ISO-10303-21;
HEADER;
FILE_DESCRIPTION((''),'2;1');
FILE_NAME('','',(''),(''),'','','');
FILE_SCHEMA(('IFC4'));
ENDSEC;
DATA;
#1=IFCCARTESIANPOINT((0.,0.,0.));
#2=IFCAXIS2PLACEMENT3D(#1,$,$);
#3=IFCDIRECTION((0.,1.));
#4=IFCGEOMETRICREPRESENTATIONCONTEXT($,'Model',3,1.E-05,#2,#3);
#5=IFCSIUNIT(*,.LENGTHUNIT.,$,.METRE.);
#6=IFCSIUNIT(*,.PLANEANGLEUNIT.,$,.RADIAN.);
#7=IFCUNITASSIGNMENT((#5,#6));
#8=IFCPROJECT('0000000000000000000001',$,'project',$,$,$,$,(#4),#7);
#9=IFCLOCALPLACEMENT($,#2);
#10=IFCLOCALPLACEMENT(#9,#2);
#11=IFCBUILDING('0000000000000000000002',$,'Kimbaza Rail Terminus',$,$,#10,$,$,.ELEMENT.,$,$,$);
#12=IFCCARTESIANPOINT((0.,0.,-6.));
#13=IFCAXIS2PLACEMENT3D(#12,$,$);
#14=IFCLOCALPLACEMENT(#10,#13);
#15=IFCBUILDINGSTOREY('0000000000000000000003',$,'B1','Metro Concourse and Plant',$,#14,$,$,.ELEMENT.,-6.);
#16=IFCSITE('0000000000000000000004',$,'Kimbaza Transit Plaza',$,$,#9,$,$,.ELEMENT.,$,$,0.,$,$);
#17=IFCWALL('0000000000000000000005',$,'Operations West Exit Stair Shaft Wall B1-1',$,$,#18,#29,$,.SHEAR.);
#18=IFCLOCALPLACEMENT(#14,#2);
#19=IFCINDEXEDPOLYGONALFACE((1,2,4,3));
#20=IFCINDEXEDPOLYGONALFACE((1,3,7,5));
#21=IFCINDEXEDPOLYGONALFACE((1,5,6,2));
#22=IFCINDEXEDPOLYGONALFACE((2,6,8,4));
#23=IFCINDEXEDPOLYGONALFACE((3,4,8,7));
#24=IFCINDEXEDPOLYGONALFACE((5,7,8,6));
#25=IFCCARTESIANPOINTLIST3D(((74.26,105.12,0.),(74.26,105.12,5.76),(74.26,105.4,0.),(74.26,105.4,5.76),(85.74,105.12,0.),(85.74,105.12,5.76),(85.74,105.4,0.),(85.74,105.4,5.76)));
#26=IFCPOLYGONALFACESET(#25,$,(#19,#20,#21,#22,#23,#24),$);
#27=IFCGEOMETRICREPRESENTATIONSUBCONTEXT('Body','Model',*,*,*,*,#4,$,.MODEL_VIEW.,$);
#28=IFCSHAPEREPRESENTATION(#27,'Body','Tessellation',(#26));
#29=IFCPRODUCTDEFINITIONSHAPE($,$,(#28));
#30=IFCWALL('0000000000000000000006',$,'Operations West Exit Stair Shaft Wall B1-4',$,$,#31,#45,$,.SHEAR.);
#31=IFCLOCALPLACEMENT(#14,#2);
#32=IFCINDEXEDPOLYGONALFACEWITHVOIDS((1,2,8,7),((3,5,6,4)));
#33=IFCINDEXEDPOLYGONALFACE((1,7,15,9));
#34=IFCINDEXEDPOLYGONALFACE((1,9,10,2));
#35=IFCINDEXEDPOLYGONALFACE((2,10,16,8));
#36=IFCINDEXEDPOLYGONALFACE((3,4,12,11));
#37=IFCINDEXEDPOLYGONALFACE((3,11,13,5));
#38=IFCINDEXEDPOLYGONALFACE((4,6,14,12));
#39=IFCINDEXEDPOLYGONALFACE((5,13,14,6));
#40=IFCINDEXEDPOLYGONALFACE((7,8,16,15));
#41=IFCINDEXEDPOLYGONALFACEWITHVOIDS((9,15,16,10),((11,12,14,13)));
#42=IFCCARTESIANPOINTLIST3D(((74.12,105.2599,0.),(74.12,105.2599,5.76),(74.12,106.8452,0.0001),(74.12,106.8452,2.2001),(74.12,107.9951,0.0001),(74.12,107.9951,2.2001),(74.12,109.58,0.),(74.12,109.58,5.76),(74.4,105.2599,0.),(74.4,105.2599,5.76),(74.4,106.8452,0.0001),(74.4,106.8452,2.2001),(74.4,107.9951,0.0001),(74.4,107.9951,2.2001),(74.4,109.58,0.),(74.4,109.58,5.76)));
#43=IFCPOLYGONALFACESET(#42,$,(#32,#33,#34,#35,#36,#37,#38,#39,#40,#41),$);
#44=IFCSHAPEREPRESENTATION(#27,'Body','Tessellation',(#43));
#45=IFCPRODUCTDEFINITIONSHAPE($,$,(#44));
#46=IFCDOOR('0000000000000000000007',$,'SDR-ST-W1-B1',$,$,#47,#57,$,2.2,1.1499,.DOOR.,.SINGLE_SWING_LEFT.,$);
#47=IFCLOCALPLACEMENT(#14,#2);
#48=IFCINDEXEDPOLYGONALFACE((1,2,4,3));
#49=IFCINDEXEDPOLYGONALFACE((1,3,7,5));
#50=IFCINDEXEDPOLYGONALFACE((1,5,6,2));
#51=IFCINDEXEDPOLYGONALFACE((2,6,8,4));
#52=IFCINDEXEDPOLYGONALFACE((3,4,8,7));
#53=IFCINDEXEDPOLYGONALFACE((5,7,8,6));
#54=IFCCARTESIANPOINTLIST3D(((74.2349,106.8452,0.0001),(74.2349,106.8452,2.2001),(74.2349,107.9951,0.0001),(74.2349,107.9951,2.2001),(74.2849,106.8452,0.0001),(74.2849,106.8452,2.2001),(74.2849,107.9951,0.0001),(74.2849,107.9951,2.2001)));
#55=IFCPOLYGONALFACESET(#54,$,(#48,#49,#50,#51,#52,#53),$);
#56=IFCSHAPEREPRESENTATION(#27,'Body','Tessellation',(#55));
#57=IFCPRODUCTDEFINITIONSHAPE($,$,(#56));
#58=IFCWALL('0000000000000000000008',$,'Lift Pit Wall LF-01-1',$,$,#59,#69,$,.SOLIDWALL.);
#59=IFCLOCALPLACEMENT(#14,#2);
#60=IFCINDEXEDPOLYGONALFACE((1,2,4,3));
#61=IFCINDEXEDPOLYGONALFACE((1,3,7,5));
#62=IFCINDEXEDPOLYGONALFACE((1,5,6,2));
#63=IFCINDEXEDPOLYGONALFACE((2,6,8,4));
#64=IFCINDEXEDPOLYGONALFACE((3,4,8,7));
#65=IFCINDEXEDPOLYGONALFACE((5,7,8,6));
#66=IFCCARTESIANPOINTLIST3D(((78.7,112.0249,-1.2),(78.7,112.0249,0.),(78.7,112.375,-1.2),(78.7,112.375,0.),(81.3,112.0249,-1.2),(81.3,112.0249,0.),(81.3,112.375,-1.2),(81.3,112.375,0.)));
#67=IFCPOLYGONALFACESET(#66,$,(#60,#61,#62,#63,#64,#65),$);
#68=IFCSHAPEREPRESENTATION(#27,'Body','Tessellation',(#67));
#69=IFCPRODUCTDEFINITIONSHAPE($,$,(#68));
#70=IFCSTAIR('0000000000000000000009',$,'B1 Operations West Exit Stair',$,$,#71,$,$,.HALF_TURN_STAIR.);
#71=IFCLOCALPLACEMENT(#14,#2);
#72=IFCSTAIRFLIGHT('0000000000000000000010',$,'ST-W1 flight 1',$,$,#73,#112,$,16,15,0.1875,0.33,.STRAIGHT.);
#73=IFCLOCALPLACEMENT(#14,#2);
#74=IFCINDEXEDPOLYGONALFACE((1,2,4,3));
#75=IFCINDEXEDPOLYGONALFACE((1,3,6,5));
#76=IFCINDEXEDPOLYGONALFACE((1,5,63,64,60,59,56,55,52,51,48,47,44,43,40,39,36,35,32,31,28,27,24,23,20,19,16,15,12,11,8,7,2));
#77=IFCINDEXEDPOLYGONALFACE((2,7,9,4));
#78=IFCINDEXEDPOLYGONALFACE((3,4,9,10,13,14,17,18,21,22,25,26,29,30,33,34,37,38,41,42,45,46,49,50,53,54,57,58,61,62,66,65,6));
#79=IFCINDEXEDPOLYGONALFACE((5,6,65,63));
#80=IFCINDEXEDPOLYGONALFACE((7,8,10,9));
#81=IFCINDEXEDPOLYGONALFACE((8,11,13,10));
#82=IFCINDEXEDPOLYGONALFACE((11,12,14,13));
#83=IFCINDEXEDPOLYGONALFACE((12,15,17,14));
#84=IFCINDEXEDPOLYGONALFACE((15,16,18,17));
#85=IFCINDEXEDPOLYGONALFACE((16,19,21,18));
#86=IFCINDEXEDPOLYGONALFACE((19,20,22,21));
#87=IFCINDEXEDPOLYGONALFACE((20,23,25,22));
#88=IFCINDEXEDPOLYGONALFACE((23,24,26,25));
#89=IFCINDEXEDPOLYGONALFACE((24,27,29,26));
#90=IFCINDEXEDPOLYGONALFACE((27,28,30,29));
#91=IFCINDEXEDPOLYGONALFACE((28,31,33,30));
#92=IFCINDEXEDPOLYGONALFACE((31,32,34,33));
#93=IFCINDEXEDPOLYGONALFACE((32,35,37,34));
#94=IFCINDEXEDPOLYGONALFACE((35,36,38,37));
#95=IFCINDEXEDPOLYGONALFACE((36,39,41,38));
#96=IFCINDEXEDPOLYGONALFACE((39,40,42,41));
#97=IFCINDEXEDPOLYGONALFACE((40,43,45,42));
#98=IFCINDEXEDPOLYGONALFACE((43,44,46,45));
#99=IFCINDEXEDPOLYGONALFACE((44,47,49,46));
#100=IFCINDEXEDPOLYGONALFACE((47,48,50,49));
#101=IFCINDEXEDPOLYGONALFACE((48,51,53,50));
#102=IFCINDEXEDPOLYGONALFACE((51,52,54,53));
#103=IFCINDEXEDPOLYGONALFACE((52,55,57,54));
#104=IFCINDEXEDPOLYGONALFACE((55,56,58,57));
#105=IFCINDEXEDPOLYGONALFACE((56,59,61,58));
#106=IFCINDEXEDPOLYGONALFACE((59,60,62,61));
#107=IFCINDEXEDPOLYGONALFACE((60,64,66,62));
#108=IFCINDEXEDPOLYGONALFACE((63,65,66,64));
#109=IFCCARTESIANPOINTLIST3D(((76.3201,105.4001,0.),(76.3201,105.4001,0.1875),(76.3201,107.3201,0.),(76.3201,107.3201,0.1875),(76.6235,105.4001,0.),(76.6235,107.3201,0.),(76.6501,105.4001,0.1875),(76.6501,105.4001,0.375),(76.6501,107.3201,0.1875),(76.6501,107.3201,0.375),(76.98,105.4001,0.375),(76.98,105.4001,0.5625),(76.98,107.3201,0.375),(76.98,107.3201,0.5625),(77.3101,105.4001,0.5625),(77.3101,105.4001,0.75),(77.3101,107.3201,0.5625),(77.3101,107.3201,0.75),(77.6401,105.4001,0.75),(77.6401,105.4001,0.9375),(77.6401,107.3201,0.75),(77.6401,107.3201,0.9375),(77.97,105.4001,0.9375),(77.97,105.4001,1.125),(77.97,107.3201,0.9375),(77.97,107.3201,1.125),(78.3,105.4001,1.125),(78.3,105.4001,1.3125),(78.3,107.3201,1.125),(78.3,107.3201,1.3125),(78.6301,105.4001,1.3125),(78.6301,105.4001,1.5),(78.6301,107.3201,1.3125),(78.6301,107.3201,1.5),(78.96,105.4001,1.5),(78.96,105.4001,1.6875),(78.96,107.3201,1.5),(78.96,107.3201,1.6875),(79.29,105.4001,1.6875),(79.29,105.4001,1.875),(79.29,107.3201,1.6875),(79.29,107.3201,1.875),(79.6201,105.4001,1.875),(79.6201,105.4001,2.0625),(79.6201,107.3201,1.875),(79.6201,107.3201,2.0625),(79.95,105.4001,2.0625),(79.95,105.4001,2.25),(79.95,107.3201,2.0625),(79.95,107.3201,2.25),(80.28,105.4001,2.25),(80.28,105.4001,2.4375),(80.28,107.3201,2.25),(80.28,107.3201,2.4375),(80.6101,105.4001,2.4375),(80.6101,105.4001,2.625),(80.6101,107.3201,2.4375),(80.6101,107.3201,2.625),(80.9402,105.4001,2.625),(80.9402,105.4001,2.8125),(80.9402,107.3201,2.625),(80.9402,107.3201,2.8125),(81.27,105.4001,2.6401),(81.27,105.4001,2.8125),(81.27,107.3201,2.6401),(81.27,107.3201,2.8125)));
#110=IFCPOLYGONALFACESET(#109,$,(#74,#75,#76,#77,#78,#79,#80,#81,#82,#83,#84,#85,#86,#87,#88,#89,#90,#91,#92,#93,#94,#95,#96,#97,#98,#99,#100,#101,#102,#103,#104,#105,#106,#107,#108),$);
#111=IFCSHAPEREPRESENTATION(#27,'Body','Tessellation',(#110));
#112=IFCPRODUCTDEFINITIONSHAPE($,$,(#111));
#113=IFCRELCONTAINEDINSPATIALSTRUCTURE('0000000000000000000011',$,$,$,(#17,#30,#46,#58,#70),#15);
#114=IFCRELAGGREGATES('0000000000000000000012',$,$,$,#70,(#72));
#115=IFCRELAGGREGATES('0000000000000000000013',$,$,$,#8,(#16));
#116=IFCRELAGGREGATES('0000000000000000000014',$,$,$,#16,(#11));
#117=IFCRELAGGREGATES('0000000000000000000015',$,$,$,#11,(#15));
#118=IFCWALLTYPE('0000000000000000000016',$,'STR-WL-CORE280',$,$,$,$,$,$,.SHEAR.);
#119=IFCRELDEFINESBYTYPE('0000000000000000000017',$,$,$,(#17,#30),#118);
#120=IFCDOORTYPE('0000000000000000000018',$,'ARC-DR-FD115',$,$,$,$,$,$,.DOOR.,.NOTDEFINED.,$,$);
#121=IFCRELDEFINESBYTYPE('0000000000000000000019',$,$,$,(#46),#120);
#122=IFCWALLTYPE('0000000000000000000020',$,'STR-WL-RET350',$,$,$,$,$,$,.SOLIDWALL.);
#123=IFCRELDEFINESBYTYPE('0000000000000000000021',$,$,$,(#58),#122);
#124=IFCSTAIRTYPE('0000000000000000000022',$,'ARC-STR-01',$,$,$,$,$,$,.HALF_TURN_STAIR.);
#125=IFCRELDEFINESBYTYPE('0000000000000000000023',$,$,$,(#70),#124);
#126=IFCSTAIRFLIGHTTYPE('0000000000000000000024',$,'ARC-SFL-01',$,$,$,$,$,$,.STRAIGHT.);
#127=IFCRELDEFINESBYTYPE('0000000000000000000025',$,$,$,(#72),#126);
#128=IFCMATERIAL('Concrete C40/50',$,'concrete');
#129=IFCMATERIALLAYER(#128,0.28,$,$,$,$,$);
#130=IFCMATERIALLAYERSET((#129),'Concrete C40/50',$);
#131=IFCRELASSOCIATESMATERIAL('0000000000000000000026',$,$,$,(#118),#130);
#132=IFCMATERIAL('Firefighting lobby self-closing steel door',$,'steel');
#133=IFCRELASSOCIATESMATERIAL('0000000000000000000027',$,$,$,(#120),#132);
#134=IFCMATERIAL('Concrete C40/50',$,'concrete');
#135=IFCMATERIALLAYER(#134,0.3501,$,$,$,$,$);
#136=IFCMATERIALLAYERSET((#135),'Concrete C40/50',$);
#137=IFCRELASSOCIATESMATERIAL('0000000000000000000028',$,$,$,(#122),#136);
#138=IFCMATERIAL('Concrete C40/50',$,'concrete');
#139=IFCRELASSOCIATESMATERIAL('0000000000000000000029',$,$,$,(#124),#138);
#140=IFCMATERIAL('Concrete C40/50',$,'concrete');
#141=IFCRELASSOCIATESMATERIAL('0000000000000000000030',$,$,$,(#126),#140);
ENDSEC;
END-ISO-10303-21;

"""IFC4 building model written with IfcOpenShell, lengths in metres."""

from ifc_helpers import new_model, si_unit, direction, frame, frame_2d, origin, place, context, subcontext, project, spatial, polyline, rectangle, outline, extrude, material, layer, layer_set, type_object, element, fill, aggregate, save


model = new_model("IFC4")

# Units and contexts
model_context = context("Model", 3, precision=1e-05, world=origin(), true_north=direction((0.0, 1.0)))
body_context = subcontext(model_context, "Body", "Model", "MODEL_VIEW")
ifc_project = project(units=[si_unit("LENGTHUNIT", "METRE"), si_unit("PLANEANGLEUNIT", "RADIAN")], contexts=[model_context])

# Site, building, storey
site_placement = place(None, origin())
site = spatial("IfcSite", under=ifc_project, at=site_placement, Name="Kimbaza Transit Plaza", CompositionType="ELEMENT", RefElevation=0.0)
building_placement = place(site_placement, origin())
building = spatial("IfcBuilding", under=site, at=building_placement, Name="Kimbaza Rail Terminus", CompositionType="ELEMENT")
storey_placement = place(building_placement, frame((0.0, 0.0, -6.0)))
storey = spatial("IfcBuildingStorey", under=building, at=storey_placement, Name="B1", Description="Metro Concourse and Plant", CompositionType="ELEMENT", Elevation=-6.0)

# Wall
ifc_material_1 = material(Name="Concrete C40/50", Category="concrete")
ifc_layer_1 = layer(ifc_material_1, 0.28)
ifc_layer_set_1 = layer_set([ifc_layer_1], Name="Concrete C40/50")
wall_type_1 = type_object("IfcWallType", Name="STR-WL-CORE280", PredefinedType="SHEAR", material=ifc_layer_set_1)
wall_1_placement = place(storey_placement, frame((74.26, 105.26, 0.0), z_axis=(0.0, 0.0, 1.0), x_axis=(1.0, 0.0, 0.0)))
element("IfcWall", 1, at=wall_1_placement, inside=storey, type_object=wall_type_1, Name="Operations West Exit Stair Shaft Wall B1-1", PredefinedType="SHEAR", context=body_context, shape_type="SweptSolid", body=[
    extrude(rectangle(XDim=11.48, YDim=0.28, at=frame_2d((5.74, 0.0))), origin(), (0.0, 0.0, 1.0), 5.76),
])

# Wall, opening, door
wall_2_placement = place(storey_placement, frame((74.26, 109.5801, 0.0), z_axis=(0.0, 0.0, 1.0), x_axis=(0.0, -1.0, 0.0)))
wall_2 = element("IfcWall", 2, at=wall_2_placement, inside=storey, type_object=wall_type_1, Name="Operations West Exit Stair Shaft Wall B1-4", PredefinedType="SHEAR", context=body_context, shape_type="SweptSolid", body=[
    extrude(rectangle(XDim=4.3201, YDim=0.28, at=frame_2d((2.1602, 0.0))), origin(), (0.0, 0.0, 1.0), 5.76),
])
opening_placement = place(wall_2_placement, frame((1.585, 0.0, 0.0)))
opening = element("IfcOpeningElement", 3, at=opening_placement, cuts=wall_2, PredefinedType="OPENING", context=body_context, shape_type="SweptSolid", body=[
    extrude(rectangle(XDim=1.1499, YDim=2.2, at=frame_2d((0.575, 1.1001))), frame((0.0, 0.1499, 0.0), z_axis=(0.0, -1.0, 0.0), x_axis=(1.0, 0.0, 0.0)), (0.0, 0.0, 1.0), 0.3),
])
ifc_material_2 = material(Name="Firefighting lobby self-closing steel door", Category="steel")
door_type = type_object("IfcDoorType", Name="ARC-DR-FD115", OperationType="NOTDEFINED", PredefinedType="DOOR", material=ifc_material_2)
door_placement = place(opening_placement, origin())
door = element("IfcDoor", 4, at=door_placement, inside=storey, type_object=door_type, Name="SDR-ST-W1-B1", OperationType="SINGLE_SWING_LEFT", OverallHeight=2.2, OverallWidth=1.1499, PredefinedType="DOOR", context=body_context, shape_type="SweptSolid", body=[
    extrude(rectangle(XDim=1.1499, YDim=2.2, at=frame_2d((0.575, 1.1001))), frame((0.0, 0.0249, 0.0), z_axis=(0.0, -1.0, 0.0), x_axis=(1.0, 0.0, 0.0)), (0.0, 0.0, 1.0), 0.05),
])
fill(opening, door)

# Wall
ifc_material_3 = material(Name="Concrete C40/50", Category="concrete")
ifc_layer_2 = layer(ifc_material_3, 0.3501)
ifc_layer_set_2 = layer_set([ifc_layer_2], Name="Concrete C40/50")
wall_type_2 = type_object("IfcWallType", Name="STR-WL-RET350", PredefinedType="SOLIDWALL", material=ifc_layer_set_2)
wall_3_placement = place(storey_placement, frame((78.7, 112.2, -1.2), z_axis=(0.0, 0.0, 1.0), x_axis=(1.0, 0.0, 0.0)))
element("IfcWall", 5, at=wall_3_placement, inside=storey, type_object=wall_type_2, Name="Lift Pit Wall LF-01-1", PredefinedType="SOLIDWALL", context=body_context, shape_type="SweptSolid", body=[
    extrude(rectangle(XDim=2.6001, YDim=0.3501, at=frame_2d((1.3, 0.0))), origin(), (0.0, 0.0, 1.0), 1.2),
])

# Stair, stair flight
ifc_material_4 = material(Name="Concrete C40/50", Category="concrete")
stair_type = type_object("IfcStairType", Name="ARC-STR-01", PredefinedType="HALF_TURN_STAIR", material=ifc_material_4)
stair_placement = place(storey_placement, origin())
stair = element("IfcStair", 6, at=stair_placement, inside=storey, type_object=stair_type, Name="B1 Operations West Exit Stair", PredefinedType="HALF_TURN_STAIR")
ifc_material_5 = material(Name="Concrete C40/50", Category="concrete")
stair_flight_type = type_object("IfcStairFlightType", Name="ARC-SFL-01", PredefinedType="STRAIGHT", material=ifc_material_5)
stair_flight_placement = place(storey_placement, frame((76.3201, 106.3601, 0.0), z_axis=(0.0, 0.0, 1.0), x_axis=(1.0, 0.0, 0.0)))
stair_flight = element("IfcStairFlight", 7, at=stair_flight_placement, type_object=stair_flight_type, Name="ST-W1 flight 1", NumberOfRisers=16, NumberOfTreads=15, PredefinedType="STRAIGHT", RiserHeight=0.1875, TreadLength=0.33, context=body_context, shape_type="SweptSolid", body=[
    extrude(outline(polyline([(0.0, 0.0), (0.0, 0.1875), (0.3301, 0.1875), (0.3301, 0.375), (0.6599, 0.375), (0.6599, 0.5625), (0.99, 0.5625), (0.99, 0.75), (1.3201, 0.75), (1.3201, 0.9375), (1.6499, 0.9375), (1.6499, 1.125), (1.98, 1.125), (1.98, 1.3125), (2.3101, 1.3125), (2.3101, 1.5), (2.6399, 1.5), (2.6399, 1.6875), (2.97, 1.6875), (2.97, 1.875), (3.3, 1.875), (3.3, 2.0625), (3.6299, 2.0625), (3.6299, 2.25), (3.96, 2.25), (3.96, 2.4375), (4.29, 2.4375), (4.29, 2.625), (4.6201, 2.625), (4.6201, 2.8125), (4.95, 2.8125), (4.95, 3.0), (4.95, 2.6401), (0.3035, 0.0), (0.0, 0.0)])), frame((0.0, 0.96, 0.0), z_axis=(0.0, -1.0, 0.0), x_axis=(1.0, 0.0, 0.0)), (0.0, 0.0, 1.0), 1.9199),
])
aggregate(stair, [stair_flight])

save(model, "model.ifc")
